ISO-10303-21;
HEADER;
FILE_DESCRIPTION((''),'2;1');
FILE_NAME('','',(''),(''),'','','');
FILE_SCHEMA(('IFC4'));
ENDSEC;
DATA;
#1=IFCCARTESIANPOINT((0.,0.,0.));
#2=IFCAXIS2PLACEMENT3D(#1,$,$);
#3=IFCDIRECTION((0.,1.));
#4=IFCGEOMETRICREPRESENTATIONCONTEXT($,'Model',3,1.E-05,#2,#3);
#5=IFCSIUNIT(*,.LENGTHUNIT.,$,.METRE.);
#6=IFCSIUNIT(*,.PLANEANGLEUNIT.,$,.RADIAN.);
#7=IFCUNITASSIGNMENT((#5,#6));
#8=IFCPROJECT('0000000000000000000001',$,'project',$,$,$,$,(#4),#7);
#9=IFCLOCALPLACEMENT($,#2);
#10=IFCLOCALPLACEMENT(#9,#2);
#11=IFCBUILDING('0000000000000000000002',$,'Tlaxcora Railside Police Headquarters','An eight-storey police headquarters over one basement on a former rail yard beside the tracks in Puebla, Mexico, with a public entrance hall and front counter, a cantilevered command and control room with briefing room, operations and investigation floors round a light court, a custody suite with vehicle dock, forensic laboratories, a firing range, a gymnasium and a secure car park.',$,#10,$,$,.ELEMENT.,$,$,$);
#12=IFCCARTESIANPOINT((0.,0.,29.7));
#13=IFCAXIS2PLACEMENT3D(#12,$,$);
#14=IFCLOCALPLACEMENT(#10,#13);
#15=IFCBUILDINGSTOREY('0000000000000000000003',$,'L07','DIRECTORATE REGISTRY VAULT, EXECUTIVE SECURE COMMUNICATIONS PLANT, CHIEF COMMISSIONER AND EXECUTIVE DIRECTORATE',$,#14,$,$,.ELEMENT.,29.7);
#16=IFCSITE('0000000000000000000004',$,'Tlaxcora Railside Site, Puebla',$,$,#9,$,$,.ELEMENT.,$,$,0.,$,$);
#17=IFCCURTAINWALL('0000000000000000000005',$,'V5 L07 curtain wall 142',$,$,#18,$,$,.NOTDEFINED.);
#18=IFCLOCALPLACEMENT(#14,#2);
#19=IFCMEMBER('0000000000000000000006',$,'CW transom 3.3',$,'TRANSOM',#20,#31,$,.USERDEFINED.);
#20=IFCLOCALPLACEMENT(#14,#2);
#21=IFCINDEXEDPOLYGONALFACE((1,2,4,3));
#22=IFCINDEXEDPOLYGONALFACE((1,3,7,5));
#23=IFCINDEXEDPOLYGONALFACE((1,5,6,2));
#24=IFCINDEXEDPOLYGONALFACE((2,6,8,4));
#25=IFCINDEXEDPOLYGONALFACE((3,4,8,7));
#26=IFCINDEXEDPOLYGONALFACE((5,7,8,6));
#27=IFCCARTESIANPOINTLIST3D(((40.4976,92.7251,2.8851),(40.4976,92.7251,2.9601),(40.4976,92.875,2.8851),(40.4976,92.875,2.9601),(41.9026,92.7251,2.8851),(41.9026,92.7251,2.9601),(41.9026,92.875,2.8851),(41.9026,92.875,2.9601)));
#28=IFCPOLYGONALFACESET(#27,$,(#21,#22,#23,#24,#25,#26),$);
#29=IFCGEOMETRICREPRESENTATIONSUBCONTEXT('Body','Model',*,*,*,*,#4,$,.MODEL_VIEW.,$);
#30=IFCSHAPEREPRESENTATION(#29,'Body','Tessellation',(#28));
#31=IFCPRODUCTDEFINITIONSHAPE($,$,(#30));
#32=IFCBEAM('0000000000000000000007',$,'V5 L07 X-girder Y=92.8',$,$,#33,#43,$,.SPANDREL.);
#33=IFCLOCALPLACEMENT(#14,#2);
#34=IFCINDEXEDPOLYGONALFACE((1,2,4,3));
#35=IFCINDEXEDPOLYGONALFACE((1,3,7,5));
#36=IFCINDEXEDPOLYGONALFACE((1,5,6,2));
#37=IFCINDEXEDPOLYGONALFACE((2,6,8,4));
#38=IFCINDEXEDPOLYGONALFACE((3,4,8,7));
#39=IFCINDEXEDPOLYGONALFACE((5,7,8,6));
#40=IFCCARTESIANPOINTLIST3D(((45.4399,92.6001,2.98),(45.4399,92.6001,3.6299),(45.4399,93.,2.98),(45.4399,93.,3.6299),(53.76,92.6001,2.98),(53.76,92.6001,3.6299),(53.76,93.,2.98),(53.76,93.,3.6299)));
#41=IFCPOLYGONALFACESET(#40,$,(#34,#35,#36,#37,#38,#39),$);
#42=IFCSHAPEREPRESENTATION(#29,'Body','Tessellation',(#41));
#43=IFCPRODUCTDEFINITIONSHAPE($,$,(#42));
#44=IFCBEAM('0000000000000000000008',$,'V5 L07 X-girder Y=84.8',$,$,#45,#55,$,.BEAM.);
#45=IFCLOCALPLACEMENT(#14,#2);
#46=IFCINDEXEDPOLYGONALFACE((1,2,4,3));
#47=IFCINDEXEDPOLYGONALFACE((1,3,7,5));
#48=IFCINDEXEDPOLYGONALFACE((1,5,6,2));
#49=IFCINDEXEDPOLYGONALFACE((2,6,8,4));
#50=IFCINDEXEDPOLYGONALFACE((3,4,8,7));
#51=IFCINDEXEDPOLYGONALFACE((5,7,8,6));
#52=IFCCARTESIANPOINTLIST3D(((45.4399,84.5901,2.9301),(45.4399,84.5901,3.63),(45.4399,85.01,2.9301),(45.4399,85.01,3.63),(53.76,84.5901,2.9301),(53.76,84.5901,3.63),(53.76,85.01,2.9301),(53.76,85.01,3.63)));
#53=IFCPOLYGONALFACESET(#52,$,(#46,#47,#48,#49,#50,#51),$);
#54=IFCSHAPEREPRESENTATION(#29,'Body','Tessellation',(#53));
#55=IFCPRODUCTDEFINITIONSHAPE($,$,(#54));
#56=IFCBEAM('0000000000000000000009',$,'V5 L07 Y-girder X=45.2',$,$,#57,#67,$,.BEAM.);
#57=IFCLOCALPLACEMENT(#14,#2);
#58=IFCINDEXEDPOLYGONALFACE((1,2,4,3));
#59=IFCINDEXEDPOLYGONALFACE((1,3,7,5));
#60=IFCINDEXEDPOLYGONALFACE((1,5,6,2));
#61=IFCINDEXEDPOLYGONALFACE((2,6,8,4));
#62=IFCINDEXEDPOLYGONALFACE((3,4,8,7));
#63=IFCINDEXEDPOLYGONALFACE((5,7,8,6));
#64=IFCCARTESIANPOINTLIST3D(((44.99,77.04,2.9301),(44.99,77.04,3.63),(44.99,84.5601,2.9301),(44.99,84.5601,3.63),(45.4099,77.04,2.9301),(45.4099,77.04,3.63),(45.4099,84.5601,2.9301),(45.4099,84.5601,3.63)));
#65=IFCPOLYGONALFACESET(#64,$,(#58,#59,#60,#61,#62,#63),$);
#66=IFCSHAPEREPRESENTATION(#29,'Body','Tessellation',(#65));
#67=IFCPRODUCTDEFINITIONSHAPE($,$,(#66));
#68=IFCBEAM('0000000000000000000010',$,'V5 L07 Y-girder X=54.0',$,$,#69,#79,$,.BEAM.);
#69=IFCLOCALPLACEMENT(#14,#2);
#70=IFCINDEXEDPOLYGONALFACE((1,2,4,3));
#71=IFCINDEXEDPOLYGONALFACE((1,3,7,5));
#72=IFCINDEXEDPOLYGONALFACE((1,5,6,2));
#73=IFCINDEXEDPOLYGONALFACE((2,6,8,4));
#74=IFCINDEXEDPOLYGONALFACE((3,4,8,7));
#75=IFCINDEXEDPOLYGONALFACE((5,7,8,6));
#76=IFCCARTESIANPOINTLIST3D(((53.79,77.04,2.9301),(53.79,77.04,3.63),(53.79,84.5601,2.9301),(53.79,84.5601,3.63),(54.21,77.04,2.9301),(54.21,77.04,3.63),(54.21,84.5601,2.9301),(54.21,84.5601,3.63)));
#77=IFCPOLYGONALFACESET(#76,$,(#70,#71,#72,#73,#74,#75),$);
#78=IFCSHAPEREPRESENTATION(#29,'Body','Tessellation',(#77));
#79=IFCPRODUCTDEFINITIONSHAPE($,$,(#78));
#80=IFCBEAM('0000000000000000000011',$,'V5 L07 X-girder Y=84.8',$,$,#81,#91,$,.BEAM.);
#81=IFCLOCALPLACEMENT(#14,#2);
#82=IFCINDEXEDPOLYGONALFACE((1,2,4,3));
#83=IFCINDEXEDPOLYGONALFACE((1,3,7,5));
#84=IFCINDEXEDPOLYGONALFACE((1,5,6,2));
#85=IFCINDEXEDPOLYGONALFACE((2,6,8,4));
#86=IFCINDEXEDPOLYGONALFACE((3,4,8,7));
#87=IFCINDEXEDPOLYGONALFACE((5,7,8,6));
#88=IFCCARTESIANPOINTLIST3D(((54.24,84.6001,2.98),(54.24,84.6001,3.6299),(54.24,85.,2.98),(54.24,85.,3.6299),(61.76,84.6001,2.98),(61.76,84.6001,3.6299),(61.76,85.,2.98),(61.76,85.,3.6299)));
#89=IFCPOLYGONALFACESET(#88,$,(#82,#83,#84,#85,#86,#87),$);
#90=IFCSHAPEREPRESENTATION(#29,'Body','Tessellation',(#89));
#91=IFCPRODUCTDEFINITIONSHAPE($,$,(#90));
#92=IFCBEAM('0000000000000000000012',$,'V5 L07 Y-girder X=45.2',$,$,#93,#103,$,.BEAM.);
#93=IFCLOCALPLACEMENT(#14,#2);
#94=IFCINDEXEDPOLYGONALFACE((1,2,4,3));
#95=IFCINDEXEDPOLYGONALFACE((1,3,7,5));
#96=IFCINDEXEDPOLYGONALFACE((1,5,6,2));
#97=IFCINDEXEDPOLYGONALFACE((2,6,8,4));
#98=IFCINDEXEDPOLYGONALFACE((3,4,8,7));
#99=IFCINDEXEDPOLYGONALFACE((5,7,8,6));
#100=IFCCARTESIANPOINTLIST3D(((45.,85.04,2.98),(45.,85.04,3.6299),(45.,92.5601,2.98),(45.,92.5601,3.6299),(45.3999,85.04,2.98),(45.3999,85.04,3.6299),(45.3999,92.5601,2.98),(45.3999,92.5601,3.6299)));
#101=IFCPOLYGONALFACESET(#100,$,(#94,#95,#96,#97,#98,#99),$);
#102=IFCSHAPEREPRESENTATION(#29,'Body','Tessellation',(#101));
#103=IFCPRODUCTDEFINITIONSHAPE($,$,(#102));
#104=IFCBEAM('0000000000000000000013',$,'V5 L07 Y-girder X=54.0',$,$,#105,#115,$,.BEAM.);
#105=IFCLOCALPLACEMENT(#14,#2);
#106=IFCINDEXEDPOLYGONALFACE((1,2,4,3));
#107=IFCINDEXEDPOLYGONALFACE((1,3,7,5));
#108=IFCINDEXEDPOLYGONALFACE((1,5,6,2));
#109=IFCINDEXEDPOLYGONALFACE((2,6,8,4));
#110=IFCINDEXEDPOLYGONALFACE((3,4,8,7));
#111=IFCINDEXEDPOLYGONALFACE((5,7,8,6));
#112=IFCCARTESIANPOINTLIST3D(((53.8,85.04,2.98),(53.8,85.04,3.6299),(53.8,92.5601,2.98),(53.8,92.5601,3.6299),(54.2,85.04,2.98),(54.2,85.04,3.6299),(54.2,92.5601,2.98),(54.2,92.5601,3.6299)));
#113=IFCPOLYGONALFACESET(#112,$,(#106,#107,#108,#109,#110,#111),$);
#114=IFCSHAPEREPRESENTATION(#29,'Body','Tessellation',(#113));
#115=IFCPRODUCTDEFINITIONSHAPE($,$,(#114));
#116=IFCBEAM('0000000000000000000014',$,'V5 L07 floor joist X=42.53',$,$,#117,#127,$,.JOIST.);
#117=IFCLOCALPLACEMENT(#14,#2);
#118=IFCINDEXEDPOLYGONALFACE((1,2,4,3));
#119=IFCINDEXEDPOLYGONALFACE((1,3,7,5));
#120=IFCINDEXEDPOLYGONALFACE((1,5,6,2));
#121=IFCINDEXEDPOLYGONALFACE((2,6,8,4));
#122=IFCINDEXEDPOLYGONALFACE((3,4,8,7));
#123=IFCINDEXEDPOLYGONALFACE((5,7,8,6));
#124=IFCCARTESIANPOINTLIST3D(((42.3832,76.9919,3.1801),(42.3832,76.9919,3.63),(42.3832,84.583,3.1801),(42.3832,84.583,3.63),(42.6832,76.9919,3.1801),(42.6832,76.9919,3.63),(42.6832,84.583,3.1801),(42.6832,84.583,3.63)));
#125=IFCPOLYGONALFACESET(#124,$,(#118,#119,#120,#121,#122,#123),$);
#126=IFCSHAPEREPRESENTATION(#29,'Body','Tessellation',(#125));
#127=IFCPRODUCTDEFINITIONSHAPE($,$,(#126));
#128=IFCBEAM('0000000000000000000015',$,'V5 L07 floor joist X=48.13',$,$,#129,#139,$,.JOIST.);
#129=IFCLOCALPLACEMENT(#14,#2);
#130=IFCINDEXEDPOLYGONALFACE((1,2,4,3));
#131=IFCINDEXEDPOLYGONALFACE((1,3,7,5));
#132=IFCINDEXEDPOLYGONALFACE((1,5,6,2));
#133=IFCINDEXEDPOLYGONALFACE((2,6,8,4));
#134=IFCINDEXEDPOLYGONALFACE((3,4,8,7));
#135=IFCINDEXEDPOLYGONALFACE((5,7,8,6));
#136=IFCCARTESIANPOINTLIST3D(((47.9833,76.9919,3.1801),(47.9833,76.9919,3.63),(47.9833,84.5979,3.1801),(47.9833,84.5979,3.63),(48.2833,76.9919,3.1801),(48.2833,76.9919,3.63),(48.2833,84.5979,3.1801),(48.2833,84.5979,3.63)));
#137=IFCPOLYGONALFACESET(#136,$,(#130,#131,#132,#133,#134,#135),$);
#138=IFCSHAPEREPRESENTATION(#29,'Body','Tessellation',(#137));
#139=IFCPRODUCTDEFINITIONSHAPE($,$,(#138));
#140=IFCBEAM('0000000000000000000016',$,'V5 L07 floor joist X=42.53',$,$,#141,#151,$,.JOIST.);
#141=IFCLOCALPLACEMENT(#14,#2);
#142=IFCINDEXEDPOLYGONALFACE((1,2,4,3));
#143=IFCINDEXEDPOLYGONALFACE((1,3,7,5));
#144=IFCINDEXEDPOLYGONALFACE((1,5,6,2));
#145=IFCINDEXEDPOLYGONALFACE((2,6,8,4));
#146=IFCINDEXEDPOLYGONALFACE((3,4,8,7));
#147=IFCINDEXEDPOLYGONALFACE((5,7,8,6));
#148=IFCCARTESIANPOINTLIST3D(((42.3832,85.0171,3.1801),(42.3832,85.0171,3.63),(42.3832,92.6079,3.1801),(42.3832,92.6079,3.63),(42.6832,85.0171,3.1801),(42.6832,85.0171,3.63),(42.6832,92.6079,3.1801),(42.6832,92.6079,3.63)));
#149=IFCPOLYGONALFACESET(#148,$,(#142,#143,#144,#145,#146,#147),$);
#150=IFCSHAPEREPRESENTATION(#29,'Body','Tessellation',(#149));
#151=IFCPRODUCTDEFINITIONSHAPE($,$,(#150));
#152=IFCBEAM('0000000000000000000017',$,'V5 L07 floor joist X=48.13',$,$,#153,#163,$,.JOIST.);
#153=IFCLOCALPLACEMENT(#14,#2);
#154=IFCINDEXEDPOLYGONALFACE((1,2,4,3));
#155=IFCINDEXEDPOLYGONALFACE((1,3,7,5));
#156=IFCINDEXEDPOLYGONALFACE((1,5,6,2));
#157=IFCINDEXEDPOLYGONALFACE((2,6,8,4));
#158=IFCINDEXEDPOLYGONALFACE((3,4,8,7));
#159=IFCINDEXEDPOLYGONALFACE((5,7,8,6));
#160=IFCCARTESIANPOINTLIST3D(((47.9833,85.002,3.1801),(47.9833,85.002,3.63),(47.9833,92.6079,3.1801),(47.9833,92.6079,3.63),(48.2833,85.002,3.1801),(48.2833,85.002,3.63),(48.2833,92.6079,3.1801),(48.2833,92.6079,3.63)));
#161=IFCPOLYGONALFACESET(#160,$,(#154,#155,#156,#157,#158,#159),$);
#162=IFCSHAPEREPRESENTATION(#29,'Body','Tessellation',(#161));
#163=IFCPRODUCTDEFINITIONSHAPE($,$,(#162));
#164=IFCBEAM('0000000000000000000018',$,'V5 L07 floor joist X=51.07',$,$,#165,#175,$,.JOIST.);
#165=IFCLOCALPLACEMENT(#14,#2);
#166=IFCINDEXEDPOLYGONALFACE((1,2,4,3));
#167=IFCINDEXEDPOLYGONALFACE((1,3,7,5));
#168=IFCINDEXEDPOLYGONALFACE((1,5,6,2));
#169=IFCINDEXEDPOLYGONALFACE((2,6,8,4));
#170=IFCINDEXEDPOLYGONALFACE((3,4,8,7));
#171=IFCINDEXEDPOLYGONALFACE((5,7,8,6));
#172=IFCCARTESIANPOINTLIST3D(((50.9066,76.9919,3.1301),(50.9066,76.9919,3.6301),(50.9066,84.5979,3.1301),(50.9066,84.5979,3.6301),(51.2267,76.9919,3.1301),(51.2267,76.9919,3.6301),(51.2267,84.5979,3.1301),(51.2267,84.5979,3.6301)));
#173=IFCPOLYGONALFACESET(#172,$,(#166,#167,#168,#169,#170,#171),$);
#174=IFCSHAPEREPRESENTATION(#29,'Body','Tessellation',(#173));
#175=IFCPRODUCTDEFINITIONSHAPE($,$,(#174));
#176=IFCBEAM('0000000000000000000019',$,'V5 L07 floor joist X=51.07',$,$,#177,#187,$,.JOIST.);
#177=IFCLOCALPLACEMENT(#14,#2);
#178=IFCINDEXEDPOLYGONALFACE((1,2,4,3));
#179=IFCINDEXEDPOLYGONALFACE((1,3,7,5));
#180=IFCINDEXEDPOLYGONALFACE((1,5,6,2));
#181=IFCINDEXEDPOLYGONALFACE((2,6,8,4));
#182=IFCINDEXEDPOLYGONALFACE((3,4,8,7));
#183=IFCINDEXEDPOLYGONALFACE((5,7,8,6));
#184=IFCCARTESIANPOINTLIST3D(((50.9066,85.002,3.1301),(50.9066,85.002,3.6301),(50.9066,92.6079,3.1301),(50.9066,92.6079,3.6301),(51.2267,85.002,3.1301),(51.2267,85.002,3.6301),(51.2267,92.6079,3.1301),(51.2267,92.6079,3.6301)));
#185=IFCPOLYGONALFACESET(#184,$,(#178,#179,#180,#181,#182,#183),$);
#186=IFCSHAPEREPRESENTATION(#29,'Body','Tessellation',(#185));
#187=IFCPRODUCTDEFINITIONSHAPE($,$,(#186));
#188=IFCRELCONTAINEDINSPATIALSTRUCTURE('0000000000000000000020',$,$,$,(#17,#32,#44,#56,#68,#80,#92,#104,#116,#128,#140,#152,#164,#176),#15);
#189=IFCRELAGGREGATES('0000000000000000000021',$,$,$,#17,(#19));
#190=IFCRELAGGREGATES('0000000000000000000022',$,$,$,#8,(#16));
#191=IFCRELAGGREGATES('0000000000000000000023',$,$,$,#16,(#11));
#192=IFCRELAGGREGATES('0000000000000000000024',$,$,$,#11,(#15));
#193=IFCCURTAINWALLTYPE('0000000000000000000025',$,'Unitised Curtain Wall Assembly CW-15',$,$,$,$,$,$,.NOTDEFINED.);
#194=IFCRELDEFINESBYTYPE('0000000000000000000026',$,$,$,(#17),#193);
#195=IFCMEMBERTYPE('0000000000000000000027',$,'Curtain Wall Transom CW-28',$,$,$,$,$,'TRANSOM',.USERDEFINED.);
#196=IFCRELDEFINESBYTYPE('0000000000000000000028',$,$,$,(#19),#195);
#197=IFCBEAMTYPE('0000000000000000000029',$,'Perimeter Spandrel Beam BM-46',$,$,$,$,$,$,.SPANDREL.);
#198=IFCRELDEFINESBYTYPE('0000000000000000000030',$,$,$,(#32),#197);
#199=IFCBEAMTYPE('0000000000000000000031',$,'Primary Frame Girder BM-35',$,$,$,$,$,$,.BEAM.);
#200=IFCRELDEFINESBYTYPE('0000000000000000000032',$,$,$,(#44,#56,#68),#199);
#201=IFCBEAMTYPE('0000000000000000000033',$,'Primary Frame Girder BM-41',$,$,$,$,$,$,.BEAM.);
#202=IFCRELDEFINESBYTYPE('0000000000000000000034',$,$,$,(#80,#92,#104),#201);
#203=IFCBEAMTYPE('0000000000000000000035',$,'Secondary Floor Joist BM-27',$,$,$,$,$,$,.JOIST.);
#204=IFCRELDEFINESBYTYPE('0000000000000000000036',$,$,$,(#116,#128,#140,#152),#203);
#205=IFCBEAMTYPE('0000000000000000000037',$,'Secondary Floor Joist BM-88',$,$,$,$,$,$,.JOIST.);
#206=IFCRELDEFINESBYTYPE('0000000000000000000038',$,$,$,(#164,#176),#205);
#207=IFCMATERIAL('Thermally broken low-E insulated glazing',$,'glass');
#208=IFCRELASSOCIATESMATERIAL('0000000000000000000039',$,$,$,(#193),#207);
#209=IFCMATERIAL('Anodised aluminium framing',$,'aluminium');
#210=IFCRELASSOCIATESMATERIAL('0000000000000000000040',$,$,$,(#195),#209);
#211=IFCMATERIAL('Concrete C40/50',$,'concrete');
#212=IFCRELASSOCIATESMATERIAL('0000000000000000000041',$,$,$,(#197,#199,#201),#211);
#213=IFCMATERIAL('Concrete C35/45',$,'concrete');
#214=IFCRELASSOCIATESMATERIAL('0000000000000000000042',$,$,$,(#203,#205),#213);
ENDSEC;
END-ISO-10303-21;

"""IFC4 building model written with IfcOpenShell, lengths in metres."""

from ifc_helpers import new_model, si_unit, direction, frame, origin, origin_2d, place, context, subcontext, project, spatial, rectangle, extrude, material, material_profile, profile_set, type_object, element, aggregate, save


model = new_model("IFC4")

# Units and contexts
model_context = context("Model", 3, precision=1e-05, world=origin(), true_north=direction((0.0, 1.0)))
body_context = subcontext(model_context, "Body", "Model", "MODEL_VIEW")
ifc_project = project(units=[si_unit("LENGTHUNIT", "METRE"), si_unit("PLANEANGLEUNIT", "RADIAN")], contexts=[model_context])

# Site, building, storey
site_placement = place(None, origin())
site = spatial("IfcSite", under=ifc_project, at=site_placement, Name="Tlaxcora Railside Site, Puebla", CompositionType="ELEMENT", RefElevation=0.0)
building_placement = place(site_placement, origin())
building = spatial("IfcBuilding", under=site, at=building_placement, Name="Tlaxcora Railside Police Headquarters", Description="An eight-storey police headquarters over one basement on a former rail yard beside the tracks in Puebla, Mexico, with a public entrance hall and front counter, a cantilevered command and control room with briefing room, operations and investigation floors round a light court, a custody suite with vehicle dock, forensic laboratories, a firing range, a gymnasium and a secure car park.", CompositionType="ELEMENT")
storey_placement = place(building_placement, frame((0.0, 0.0, 29.7)))
storey = spatial("IfcBuildingStorey", under=building, at=storey_placement, Name="L07", Description="DIRECTORATE REGISTRY VAULT, EXECUTIVE SECURE COMMUNICATIONS PLANT, CHIEF COMMISSIONER AND EXECUTIVE DIRECTORATE", CompositionType="ELEMENT", Elevation=29.7)

# Shared definitions
ifc_material_1 = material(Name="Concrete C40/50", Category="concrete")

# Curtain wall, member
ifc_material_2 = material(Name="Thermally broken low-E insulated glazing", Category="glass")
curtain_wall_type = type_object("IfcCurtainWallType", Name="Unitised Curtain Wall Assembly CW-15", PredefinedType="NOTDEFINED", material=ifc_material_2)
curtain_wall_placement = place(storey_placement, origin())
curtain_wall = element("IfcCurtainWall", 1, at=curtain_wall_placement, inside=storey, type_object=curtain_wall_type, Name="V5 L07 curtain wall 142", PredefinedType="NOTDEFINED")
ifc_material_3 = material(Name="Anodised aluminium framing", Category="aluminium")
ifc_material_profile_1 = material_profile(ifc_material_3, rectangle(XDim=0.1499, YDim=0.075, at=origin_2d()), Name="AL75X150")
ifc_profile_set_1 = profile_set([ifc_material_profile_1], Name="Anodised aluminium framing")
member_type_1 = type_object("IfcMemberType", Name="Curtain Wall Transom CW-28", ElementType="TRANSOM", PredefinedType="USERDEFINED", material=ifc_profile_set_1)
member_1_placement = place(storey_placement, frame((41.9026, 92.8, 2.9226), z_axis=(-1.0, 0.0, 0.0), x_axis=(0.0, -1.0, 0.0)))
member_1 = element("IfcMember", 2, at=member_1_placement, type_object=member_type_1, Name="CW transom 3.3", ObjectType="TRANSOM", PredefinedType="USERDEFINED", context=body_context, shape_type="SweptSolid", body=[
    extrude(rectangle(XDim=0.1499, YDim=0.075, at=origin_2d()), origin(), (0.0, 0.0, 1.0), 1.405),
])

# Beams
ifc_material_profile_2 = material_profile(ifc_material_1, rectangle(XDim=0.3999, YDim=0.6499, at=origin_2d()), Name="RC400X650")
ifc_profile_set_2 = profile_set([ifc_material_profile_2], Name="Concrete C40/50")
beam_type_1 = type_object("IfcBeamType", Name="Perimeter Spandrel Beam BM-46", PredefinedType="SPANDREL", material=ifc_profile_set_2)
beam_1_placement = place(storey_placement, frame((45.4399, 92.8, 3.3049), z_axis=(1.0, 0.0, 0.0), x_axis=(0.0, 1.0, 0.0)))
element("IfcBeam", 3, at=beam_1_placement, inside=storey, type_object=beam_type_1, Name="V5 L07 X-girder Y=92.8", PredefinedType="SPANDREL", context=body_context, shape_type="SweptSolid", body=[
    extrude(rectangle(XDim=0.3999, YDim=0.6499, at=origin_2d()), origin(), (0.0, 0.0, 1.0), 8.3201),
])
ifc_material_profile_3 = material_profile(ifc_material_1, rectangle(XDim=0.4199, YDim=0.7, at=origin_2d()), Name="RC420X700")
ifc_profile_set_3 = profile_set([ifc_material_profile_3], Name="Concrete C40/50")
beam_type_2 = type_object("IfcBeamType", Name="Primary Frame Girder BM-35", PredefinedType="BEAM", material=ifc_profile_set_3)
beam_2_placement = place(storey_placement, frame((45.4399, 84.8, 3.28), z_axis=(1.0, 0.0, 0.0), x_axis=(0.0, 1.0, 0.0)))
element("IfcBeam", 4, at=beam_2_placement, inside=storey, type_object=beam_type_2, Name="V5 L07 X-girder Y=84.8", PredefinedType="BEAM", context=body_context, shape_type="SweptSolid", body=[
    extrude(rectangle(XDim=0.4199, YDim=0.7, at=origin_2d()), origin(), (0.0, 0.0, 1.0), 8.3201),
])
for number, where, z_axis, x_axis, name in (
    (5, (45.2, 77.04, 3.28), (0.0, 1.0, 0.0), (-1.0, 0.0, 0.0), "V5 L07 Y-girder X=45.2"),
    (6, (54.0, 77.04, 3.28), (0.0, 1.0, 0.0), (-1.0, 0.0, 0.0), "V5 L07 Y-girder X=54.0"),
):
    element("IfcBeam", number, at=place(storey_placement, frame(where, z_axis=z_axis, x_axis=x_axis)), inside=storey, type_object=beam_type_2, Name=name, PredefinedType="BEAM", context=body_context, shape_type="SweptSolid", body=[
        extrude(rectangle(XDim=0.4199, YDim=0.7, at=origin_2d()), origin(), (0.0, 0.0, 1.0), 7.52),
    ])
ifc_material_profile_4 = material_profile(ifc_material_1, rectangle(XDim=0.3999, YDim=0.6499, at=origin_2d()), Name="RC400X650")
ifc_profile_set_4 = profile_set([ifc_material_profile_4], Name="Concrete C40/50")
beam_type_3 = type_object("IfcBeamType", Name="Primary Frame Girder BM-41", PredefinedType="BEAM", material=ifc_profile_set_4)
for number, where, z_axis, x_axis, name in (
    (7, (54.24, 84.8, 3.3049), (1.0, 0.0, 0.0), (0.0, 1.0, 0.0), "V5 L07 X-girder Y=84.8"),
    (8, (45.2, 85.04, 3.3049), (0.0, 1.0, 0.0), (-1.0, 0.0, 0.0), "V5 L07 Y-girder X=45.2"),
    (9, (54.0, 85.04, 3.3049), (0.0, 1.0, 0.0), (-1.0, 0.0, 0.0), "V5 L07 Y-girder X=54.0"),
):
    element("IfcBeam", number, at=place(storey_placement, frame(where, z_axis=z_axis, x_axis=x_axis)), inside=storey, type_object=beam_type_3, Name=name, PredefinedType="BEAM", context=body_context, shape_type="SweptSolid", body=[
        extrude(rectangle(XDim=0.3999, YDim=0.6499, at=origin_2d()), origin(), (0.0, 0.0, 1.0), 7.52),
    ])
ifc_material_4 = material(Name="Concrete C35/45", Category="concrete")
ifc_material_profile_5 = material_profile(ifc_material_4, rectangle(XDim=0.3, YDim=0.45, at=origin_2d()), Name="RC300X450")
ifc_profile_set_5 = profile_set([ifc_material_profile_5], Name="Concrete C35/45")
beam_type_4 = type_object("IfcBeamType", Name="Secondary Floor Joist BM-27", PredefinedType="JOIST", material=ifc_profile_set_5)
beam_3_placement = place(storey_placement, frame((42.5332, 76.9919, 3.405), z_axis=(0.0, 1.0, 0.0), x_axis=(-1.0, 0.0, 0.0)))
element("IfcBeam", 10, at=beam_3_placement, inside=storey, type_object=beam_type_4, Name="V5 L07 floor joist X=42.53", PredefinedType="JOIST", context=body_context, shape_type="SweptSolid", body=[
    extrude(rectangle(XDim=0.3, YDim=0.45, at=origin_2d()), origin(), (0.0, 0.0, 1.0), 7.5911),
])
beam_4_placement = place(storey_placement, frame((48.1333, 76.9919, 3.405), z_axis=(0.0, 1.0, 0.0), x_axis=(-1.0, 0.0, 0.0)))
element("IfcBeam", 11, at=beam_4_placement, inside=storey, type_object=beam_type_4, Name="V5 L07 floor joist X=48.13", PredefinedType="JOIST", context=body_context, shape_type="SweptSolid", body=[
    extrude(rectangle(XDim=0.3, YDim=0.45, at=origin_2d()), origin(), (0.0, 0.0, 1.0), 7.606),
])
beam_5_placement = place(storey_placement, frame((42.5332, 85.0171, 3.405), z_axis=(0.0, 1.0, 0.0), x_axis=(-1.0, 0.0, 0.0)))
element("IfcBeam", 12, at=beam_5_placement, inside=storey, type_object=beam_type_4, Name="V5 L07 floor joist X=42.53", PredefinedType="JOIST", context=body_context, shape_type="SweptSolid", body=[
    extrude(rectangle(XDim=0.3, YDim=0.45, at=origin_2d()), origin(), (0.0, 0.0, 1.0), 7.5908),
])
beam_6_placement = place(storey_placement, frame((48.1333, 85.002, 3.405), z_axis=(0.0, 1.0, 0.0), x_axis=(-1.0, 0.0, 0.0)))
element("IfcBeam", 13, at=beam_6_placement, inside=storey, type_object=beam_type_4, Name="V5 L07 floor joist X=48.13", PredefinedType="JOIST", context=body_context, shape_type="SweptSolid", body=[
    extrude(rectangle(XDim=0.3, YDim=0.45, at=origin_2d()), origin(), (0.0, 0.0, 1.0), 7.606),
])
ifc_material_profile_6 = material_profile(ifc_material_4, rectangle(XDim=0.3201, YDim=0.5, at=origin_2d()), Name="RC320X500")
ifc_profile_set_6 = profile_set([ifc_material_profile_6], Name="Concrete C35/45")
beam_type_5 = type_object("IfcBeamType", Name="Secondary Floor Joist BM-88", PredefinedType="JOIST", material=ifc_profile_set_6)
for number, where, z_axis, x_axis, name in (
    (14, (51.0667, 76.9919, 3.3801), (0.0, 1.0, 0.0), (-1.0, 0.0, 0.0), "V5 L07 floor joist X=51.07"),
    (15, (51.0667, 85.002, 3.3801), (0.0, 1.0, 0.0), (-1.0, 0.0, 0.0), "V5 L07 floor joist X=51.07"),
):
    element("IfcBeam", number, at=place(storey_placement, frame(where, z_axis=z_axis, x_axis=x_axis)), inside=storey, type_object=beam_type_5, Name=name, PredefinedType="JOIST", context=body_context, shape_type="SweptSolid", body=[
        extrude(rectangle(XDim=0.3201, YDim=0.5, at=origin_2d()), origin(), (0.0, 0.0, 1.0), 7.606),
    ])

aggregate(curtain_wall, [member_1])

save(model, "model.ifc")
